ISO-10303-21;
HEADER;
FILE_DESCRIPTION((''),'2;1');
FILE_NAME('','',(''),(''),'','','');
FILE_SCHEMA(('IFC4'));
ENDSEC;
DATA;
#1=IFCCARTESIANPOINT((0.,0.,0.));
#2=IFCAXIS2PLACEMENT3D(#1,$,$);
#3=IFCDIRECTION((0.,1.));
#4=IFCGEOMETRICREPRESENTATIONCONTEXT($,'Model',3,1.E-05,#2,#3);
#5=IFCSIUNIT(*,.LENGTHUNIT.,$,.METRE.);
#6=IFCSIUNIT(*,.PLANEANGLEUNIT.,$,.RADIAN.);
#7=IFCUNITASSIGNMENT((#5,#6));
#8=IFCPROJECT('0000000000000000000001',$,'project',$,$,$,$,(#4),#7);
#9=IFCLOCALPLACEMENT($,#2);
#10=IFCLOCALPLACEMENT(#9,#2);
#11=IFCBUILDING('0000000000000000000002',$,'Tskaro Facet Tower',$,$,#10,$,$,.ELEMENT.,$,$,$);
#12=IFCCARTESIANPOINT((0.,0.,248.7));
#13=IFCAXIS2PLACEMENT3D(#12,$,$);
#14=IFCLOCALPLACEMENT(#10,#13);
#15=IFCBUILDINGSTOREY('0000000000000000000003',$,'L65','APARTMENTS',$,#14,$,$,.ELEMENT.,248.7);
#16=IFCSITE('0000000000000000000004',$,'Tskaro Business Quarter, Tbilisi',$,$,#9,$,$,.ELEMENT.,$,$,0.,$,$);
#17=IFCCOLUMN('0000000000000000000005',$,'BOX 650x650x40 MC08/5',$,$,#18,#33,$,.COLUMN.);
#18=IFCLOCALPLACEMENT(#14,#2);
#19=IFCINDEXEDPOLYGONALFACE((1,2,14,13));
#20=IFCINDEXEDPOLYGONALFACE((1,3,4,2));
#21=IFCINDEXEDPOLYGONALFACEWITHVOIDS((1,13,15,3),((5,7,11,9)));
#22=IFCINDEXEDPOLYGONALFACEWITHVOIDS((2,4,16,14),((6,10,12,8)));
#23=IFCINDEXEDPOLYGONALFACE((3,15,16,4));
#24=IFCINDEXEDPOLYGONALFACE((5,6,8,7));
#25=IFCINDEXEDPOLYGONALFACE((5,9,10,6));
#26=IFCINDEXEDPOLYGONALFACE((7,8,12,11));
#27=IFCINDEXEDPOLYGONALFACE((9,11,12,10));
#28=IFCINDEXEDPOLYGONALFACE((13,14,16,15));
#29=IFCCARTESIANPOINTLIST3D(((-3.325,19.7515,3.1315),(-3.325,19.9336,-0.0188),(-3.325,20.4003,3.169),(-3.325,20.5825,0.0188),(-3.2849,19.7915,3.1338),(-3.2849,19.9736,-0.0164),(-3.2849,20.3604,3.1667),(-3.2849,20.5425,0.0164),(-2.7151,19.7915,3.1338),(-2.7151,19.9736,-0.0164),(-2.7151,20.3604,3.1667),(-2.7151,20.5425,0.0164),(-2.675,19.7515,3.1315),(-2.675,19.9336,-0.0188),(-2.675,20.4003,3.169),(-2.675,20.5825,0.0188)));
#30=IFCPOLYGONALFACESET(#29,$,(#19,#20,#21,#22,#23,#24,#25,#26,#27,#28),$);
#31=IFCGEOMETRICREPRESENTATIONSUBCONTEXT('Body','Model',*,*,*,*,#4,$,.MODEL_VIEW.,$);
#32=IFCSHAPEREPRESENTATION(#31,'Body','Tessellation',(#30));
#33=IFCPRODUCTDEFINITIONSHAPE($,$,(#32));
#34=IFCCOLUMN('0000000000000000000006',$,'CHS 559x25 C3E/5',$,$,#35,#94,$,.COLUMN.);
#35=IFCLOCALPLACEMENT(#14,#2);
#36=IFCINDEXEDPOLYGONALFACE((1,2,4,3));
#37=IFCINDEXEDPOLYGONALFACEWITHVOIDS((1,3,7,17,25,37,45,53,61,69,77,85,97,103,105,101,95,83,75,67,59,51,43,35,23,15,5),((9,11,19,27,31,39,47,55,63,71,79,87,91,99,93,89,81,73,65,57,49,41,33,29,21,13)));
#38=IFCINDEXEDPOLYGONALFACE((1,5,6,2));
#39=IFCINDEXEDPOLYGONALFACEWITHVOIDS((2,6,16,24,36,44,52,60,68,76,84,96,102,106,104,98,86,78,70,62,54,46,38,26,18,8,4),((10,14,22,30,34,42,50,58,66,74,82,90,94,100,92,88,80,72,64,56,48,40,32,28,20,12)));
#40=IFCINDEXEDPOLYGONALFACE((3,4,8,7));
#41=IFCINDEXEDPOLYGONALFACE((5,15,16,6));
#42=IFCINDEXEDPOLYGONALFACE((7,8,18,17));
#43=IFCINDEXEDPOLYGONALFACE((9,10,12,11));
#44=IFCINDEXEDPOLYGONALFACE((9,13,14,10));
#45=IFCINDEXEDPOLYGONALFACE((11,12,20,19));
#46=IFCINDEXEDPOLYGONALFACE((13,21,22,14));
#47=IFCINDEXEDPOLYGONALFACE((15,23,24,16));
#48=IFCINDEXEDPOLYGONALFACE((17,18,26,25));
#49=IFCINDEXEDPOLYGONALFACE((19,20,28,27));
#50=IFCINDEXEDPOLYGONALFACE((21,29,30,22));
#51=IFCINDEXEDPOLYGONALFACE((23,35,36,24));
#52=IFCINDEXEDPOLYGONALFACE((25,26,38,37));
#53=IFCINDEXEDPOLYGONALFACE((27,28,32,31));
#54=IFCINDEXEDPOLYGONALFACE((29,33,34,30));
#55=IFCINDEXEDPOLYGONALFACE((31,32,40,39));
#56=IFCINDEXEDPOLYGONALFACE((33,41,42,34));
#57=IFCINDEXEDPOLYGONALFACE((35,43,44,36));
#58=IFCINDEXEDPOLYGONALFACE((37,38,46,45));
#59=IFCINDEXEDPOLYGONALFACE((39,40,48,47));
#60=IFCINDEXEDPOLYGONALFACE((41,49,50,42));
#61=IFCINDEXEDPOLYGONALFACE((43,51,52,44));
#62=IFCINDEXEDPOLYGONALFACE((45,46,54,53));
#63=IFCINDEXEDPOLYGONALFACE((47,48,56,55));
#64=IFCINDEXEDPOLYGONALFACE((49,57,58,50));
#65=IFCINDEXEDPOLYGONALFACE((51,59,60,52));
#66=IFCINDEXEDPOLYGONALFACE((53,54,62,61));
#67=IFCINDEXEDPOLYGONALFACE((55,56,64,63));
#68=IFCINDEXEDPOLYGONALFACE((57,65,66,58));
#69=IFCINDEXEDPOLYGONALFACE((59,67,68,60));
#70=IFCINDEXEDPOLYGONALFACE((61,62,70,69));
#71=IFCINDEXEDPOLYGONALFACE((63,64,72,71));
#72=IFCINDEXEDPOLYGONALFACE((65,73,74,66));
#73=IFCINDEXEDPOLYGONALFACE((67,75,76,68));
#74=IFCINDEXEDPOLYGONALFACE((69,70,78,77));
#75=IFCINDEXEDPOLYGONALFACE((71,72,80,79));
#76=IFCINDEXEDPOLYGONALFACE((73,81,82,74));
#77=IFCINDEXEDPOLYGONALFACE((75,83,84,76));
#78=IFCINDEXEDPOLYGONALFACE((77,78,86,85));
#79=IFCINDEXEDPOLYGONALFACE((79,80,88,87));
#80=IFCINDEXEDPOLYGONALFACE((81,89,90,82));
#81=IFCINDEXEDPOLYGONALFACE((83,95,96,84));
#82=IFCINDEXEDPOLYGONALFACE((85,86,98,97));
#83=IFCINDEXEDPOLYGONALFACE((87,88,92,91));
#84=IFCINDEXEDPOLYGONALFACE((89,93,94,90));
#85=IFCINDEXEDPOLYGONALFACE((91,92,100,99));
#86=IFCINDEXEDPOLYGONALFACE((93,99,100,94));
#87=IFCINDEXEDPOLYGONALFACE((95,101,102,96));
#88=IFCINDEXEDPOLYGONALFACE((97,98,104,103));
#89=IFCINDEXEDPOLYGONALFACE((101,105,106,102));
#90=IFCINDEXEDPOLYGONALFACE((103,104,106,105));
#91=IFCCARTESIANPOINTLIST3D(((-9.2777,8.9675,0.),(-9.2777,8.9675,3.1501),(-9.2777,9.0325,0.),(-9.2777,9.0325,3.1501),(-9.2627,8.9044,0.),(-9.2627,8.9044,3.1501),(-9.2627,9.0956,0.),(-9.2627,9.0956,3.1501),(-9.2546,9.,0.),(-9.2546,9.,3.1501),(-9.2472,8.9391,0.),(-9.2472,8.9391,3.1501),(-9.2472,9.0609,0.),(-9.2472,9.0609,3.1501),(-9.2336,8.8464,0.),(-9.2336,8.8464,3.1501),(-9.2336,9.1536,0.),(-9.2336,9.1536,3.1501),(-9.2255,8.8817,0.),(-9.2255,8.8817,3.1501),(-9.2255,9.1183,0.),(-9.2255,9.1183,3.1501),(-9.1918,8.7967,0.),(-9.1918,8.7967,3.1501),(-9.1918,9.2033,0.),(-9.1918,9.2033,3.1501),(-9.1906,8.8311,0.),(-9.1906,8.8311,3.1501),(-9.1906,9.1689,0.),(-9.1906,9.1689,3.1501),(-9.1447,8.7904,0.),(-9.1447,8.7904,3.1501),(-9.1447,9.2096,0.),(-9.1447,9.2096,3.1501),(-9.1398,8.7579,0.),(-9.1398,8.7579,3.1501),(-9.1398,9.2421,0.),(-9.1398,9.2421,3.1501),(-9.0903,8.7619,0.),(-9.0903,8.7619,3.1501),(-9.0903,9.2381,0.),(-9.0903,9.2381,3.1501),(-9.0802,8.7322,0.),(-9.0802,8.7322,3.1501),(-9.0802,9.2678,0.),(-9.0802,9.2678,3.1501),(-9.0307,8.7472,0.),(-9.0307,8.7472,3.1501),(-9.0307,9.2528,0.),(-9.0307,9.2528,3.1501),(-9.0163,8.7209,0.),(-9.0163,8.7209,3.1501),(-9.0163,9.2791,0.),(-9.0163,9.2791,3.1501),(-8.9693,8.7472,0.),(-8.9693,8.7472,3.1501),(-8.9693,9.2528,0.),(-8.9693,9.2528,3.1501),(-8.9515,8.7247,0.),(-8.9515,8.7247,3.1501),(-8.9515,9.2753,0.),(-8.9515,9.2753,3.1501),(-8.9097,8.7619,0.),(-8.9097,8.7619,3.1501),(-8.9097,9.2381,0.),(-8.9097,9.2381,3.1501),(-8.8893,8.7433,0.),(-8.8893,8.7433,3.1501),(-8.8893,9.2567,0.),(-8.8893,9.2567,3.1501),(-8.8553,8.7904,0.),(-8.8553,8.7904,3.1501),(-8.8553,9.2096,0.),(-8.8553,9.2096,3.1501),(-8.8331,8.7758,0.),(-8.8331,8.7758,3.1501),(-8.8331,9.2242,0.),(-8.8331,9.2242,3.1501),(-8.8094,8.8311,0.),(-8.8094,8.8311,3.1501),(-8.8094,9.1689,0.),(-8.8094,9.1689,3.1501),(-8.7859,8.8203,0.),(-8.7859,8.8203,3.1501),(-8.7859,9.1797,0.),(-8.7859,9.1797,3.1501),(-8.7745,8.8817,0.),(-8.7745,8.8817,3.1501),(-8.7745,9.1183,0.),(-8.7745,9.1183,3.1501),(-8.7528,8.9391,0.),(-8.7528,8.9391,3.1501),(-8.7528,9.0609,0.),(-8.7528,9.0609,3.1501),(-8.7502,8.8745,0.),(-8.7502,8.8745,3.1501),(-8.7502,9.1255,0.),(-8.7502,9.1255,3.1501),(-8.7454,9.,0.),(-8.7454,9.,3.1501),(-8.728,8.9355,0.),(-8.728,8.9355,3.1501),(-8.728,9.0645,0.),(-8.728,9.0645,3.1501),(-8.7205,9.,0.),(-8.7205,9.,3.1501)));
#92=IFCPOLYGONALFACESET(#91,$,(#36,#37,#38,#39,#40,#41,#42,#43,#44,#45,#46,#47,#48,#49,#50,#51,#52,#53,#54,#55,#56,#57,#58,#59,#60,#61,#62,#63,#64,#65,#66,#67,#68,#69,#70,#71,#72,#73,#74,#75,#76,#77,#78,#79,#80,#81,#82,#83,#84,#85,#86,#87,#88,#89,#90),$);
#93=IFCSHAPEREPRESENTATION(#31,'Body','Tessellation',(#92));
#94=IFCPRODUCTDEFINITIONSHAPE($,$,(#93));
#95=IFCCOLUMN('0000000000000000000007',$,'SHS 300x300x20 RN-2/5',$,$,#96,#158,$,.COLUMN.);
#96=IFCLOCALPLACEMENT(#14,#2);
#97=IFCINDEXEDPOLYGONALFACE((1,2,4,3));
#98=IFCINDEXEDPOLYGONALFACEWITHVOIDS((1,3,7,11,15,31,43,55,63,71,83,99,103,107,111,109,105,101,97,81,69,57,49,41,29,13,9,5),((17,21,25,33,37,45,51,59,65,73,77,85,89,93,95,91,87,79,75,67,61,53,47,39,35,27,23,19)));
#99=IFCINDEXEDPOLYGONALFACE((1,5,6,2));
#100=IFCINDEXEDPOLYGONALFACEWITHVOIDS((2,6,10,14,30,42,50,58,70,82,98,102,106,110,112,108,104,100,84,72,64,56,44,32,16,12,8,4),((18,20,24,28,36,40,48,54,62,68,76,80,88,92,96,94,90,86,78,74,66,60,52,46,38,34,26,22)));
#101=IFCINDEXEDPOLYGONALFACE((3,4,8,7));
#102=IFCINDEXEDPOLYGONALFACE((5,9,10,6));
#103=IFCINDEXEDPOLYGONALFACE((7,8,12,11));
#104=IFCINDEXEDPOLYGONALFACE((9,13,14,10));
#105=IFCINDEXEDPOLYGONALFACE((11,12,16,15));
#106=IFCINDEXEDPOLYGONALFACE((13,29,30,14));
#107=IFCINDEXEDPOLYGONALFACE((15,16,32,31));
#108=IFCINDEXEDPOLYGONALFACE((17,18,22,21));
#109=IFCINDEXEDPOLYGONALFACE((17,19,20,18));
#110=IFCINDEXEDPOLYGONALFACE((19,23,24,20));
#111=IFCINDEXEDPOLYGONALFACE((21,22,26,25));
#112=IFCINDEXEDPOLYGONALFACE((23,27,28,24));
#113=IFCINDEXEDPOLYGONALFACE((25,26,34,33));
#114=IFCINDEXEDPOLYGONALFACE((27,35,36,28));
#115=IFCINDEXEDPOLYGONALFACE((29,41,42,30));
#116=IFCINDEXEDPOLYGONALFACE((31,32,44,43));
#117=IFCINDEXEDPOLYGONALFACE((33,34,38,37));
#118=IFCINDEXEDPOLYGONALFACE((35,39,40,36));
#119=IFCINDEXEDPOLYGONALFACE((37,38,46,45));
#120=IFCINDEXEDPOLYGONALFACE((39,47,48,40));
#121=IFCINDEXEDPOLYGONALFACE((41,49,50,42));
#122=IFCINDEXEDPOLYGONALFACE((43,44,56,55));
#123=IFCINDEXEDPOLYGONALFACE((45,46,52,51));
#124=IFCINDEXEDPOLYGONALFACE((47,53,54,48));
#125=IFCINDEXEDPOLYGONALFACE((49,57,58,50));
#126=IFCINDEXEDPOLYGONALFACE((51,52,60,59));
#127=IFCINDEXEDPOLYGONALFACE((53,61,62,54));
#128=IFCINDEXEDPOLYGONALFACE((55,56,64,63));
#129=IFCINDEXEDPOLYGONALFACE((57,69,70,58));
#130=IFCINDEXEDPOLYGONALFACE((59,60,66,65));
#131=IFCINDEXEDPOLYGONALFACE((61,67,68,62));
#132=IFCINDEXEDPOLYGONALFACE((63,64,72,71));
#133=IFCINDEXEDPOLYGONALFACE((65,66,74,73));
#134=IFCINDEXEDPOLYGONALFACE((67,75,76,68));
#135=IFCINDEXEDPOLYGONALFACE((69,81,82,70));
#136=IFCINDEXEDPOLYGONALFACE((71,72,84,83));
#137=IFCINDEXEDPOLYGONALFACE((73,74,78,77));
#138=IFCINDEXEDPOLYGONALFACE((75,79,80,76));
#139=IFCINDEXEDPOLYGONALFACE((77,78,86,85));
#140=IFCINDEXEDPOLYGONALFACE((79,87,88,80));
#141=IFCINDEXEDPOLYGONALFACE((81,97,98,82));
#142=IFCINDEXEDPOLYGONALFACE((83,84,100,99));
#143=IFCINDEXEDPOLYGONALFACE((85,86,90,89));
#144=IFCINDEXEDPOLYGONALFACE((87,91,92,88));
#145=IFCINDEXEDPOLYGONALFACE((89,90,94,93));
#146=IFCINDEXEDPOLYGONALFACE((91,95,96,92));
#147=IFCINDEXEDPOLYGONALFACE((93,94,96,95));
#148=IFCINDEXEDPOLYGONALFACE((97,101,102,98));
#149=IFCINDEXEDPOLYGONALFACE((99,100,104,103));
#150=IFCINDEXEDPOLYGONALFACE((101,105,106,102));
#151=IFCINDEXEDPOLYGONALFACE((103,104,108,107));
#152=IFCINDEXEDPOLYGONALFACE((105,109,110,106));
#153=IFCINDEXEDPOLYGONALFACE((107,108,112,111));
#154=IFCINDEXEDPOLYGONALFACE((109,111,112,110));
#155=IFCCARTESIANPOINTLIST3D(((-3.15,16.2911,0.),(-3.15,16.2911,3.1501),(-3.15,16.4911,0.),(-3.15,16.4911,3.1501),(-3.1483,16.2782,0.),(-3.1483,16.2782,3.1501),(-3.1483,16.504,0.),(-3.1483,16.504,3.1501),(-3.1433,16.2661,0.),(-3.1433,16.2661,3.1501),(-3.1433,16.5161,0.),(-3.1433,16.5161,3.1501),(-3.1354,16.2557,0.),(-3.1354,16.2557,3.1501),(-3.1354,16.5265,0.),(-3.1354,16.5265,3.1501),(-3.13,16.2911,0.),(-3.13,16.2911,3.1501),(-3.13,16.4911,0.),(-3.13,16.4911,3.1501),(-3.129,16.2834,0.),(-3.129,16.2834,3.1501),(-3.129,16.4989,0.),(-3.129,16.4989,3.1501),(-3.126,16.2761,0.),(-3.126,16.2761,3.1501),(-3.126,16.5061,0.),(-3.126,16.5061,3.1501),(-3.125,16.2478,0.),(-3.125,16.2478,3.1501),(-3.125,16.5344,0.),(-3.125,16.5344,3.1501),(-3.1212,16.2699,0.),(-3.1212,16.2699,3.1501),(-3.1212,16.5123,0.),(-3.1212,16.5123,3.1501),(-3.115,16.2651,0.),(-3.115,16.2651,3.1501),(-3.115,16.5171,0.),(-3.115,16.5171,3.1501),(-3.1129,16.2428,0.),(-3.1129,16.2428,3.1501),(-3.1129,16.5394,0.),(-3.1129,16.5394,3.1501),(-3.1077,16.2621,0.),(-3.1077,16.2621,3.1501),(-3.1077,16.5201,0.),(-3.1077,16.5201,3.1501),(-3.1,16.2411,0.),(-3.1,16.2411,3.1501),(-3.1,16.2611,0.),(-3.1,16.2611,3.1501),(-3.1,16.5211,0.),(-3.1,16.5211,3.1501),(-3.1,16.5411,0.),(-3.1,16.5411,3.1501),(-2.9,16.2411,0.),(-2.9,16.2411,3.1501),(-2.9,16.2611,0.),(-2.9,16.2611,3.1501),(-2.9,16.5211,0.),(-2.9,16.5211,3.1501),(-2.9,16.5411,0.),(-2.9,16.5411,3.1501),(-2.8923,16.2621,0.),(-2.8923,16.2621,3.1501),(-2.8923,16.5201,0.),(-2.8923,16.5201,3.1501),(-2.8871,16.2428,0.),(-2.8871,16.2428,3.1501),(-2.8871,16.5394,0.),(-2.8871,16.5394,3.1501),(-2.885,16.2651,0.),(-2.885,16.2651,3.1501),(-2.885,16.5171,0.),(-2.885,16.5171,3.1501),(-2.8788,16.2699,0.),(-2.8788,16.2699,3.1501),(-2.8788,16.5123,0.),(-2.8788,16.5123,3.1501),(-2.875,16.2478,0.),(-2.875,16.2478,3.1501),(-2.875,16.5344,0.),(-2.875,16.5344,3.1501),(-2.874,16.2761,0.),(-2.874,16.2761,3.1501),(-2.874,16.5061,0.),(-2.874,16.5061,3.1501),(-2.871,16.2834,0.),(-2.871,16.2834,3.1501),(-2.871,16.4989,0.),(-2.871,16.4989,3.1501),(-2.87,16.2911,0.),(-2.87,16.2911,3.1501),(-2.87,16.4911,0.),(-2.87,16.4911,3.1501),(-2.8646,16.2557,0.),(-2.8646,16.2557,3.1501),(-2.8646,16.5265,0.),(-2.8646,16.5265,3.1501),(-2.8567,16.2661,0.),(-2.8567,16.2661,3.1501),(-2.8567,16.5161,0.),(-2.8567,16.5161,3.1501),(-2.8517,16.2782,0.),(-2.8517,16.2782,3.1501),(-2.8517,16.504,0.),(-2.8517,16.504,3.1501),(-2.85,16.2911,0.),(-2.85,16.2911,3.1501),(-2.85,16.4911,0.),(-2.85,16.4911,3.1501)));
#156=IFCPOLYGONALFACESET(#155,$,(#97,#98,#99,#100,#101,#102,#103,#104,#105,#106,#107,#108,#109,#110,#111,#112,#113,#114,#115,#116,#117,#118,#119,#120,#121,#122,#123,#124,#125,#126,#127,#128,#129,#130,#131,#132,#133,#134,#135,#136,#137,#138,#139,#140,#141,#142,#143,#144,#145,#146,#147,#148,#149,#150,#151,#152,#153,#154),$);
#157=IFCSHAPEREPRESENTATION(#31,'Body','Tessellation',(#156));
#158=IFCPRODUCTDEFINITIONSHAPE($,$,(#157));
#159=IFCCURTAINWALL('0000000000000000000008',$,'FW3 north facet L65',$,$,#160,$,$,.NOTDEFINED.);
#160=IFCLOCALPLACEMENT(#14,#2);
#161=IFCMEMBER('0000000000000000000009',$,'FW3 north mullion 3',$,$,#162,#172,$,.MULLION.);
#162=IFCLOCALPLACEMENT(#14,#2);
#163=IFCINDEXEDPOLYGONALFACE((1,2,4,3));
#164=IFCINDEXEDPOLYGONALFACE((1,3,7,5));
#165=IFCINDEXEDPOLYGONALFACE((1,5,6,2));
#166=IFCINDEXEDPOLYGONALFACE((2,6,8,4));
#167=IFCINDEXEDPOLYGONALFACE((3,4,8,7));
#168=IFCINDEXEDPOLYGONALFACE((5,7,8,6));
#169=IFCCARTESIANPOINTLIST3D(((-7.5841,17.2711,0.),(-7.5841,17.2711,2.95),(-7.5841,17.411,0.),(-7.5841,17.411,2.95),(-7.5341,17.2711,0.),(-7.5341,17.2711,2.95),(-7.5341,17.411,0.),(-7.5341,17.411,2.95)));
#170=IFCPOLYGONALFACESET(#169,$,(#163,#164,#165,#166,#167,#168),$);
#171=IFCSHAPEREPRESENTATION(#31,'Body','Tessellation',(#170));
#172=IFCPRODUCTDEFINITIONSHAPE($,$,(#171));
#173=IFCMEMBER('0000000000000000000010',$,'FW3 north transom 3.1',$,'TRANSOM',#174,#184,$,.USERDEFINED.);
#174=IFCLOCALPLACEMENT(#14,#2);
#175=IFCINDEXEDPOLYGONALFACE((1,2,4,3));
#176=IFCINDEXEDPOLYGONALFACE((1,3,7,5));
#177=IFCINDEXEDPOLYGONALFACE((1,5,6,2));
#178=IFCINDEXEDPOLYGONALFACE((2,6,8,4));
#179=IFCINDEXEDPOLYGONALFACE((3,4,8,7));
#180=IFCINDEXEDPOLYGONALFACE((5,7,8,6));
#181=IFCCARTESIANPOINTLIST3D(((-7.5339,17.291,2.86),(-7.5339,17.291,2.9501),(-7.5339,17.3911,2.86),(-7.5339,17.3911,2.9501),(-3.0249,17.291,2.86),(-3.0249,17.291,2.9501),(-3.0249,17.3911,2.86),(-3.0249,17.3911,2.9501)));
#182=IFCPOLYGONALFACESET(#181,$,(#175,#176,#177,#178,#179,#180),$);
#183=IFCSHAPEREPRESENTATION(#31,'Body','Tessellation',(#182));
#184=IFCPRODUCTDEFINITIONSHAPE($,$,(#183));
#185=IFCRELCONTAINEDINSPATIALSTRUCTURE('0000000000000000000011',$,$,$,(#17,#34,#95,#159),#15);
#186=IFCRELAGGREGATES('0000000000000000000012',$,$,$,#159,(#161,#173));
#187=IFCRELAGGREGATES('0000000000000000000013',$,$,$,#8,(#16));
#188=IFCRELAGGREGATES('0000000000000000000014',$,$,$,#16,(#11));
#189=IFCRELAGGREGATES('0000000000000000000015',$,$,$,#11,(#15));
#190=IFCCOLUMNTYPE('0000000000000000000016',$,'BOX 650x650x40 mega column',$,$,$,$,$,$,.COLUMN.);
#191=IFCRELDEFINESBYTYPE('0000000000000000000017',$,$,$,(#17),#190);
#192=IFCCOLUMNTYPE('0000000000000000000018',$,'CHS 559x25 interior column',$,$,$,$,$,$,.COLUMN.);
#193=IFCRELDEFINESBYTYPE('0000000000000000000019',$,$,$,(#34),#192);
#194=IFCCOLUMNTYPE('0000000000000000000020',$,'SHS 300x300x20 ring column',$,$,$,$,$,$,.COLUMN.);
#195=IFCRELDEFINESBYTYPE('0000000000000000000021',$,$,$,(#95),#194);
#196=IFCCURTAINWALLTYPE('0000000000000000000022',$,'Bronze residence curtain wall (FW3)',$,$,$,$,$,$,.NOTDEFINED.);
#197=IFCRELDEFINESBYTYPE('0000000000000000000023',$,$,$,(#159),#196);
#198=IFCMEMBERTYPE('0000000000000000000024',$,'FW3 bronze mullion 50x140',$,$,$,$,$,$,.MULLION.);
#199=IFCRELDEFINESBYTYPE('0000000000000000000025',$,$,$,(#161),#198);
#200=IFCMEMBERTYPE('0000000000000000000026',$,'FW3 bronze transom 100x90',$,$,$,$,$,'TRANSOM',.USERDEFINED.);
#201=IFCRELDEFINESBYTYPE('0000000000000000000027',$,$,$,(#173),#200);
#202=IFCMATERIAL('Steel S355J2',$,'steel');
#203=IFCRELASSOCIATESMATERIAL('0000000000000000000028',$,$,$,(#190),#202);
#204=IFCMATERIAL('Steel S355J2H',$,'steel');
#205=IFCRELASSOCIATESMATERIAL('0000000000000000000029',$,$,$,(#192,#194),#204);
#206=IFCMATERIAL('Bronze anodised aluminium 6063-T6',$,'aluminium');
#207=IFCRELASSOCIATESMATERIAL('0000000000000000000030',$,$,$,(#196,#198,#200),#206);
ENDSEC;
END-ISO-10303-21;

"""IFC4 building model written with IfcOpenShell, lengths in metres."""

from ifc_helpers import new_model, si_unit, direction, frame, origin, origin_2d, place, context, subcontext, project, spatial, rectangle, hollow_rectangle, hollow_circle, extrude, material, material_profile, profile_set, type_object, element, aggregate, save


model = new_model("IFC4")

# Units and contexts
model_context = context("Model", 3, precision=1e-05, world=origin(), true_north=direction((0.0, 1.0)))
body_context = subcontext(model_context, "Body", "Model", "MODEL_VIEW")
ifc_project = project(units=[si_unit("LENGTHUNIT", "METRE"), si_unit("PLANEANGLEUNIT", "RADIAN")], contexts=[model_context])

# Site, building, storey
site_placement = place(None, origin())
site = spatial("IfcSite", under=ifc_project, at=site_placement, Name="Tskaro Business Quarter, Tbilisi", CompositionType="ELEMENT", RefElevation=0.0)
building_placement = place(site_placement, origin())
building = spatial("IfcBuilding", under=site, at=building_placement, Name="Tskaro Facet Tower", CompositionType="ELEMENT")
storey_placement = place(building_placement, frame((0.0, 0.0, 248.7)))
storey = spatial("IfcBuildingStorey", under=building, at=storey_placement, Name="L65", Description="APARTMENTS", CompositionType="ELEMENT", Elevation=248.7)

# Columns
ifc_material_1 = material(Name="Steel S355J2", Category="steel")
ifc_material_profile_1 = material_profile(ifc_material_1, hollow_rectangle(XDim=0.6499, YDim=0.6499, WallThickness=0.04, at=origin_2d()), Name="BOX 650x650x40")
ifc_profile_set_1 = profile_set([ifc_material_profile_1], Name="Steel S355J2")
column_type_1 = type_object("IfcColumnType", Name="BOX 650x650x40 mega column", PredefinedType="COLUMN", material=ifc_profile_set_1)
column_1_placement = place(storey_placement, frame((-3.0, 20.2581, 0.0), z_axis=(0.0, -0.05772, 0.998333), x_axis=(1.0, 0.0, 0.0)))
element("IfcColumn", 1, at=column_1_placement, inside=storey, type_object=column_type_1, Name="BOX 650x650x40 MC08/5", PredefinedType="COLUMN", context=body_context, shape_type="SweptSolid", body=[
    extrude(hollow_rectangle(XDim=0.6499, YDim=0.6499, WallThickness=0.04, at=origin_2d()), origin(), (0.0, 0.0, 1.0), 3.1555),
])
ifc_material_2 = material(Name="Steel S355J2H", Category="steel")
ifc_material_profile_2 = material_profile(ifc_material_2, hollow_circle(Radius=0.2795, WallThickness=0.0249, at=origin_2d()), Name="CHS 559x25")
ifc_profile_set_2 = profile_set([ifc_material_profile_2], Name="Steel S355J2H")
column_type_2 = type_object("IfcColumnType", Name="CHS 559x25 interior column", PredefinedType="COLUMN", material=ifc_profile_set_2)
column_2_placement = place(storey_placement, frame((-9.0, 9.0, 0.0), z_axis=(0.0, 0.0, 1.0), x_axis=(1.0, 0.0, 0.0)))
element("IfcColumn", 2, at=column_2_placement, inside=storey, type_object=column_type_2, Name="CHS 559x25 C3E/5", PredefinedType="COLUMN", context=body_context, shape_type="SweptSolid", body=[
    extrude(hollow_circle(Radius=0.2795, WallThickness=0.0249, at=origin_2d()), origin(), (0.0, 0.0, 1.0), 3.1501),
])
ifc_material_profile_3 = material_profile(ifc_material_2, hollow_rectangle(XDim=0.3, YDim=0.3, WallThickness=0.02, InnerFilletRadius=0.03, OuterFilletRadius=0.05, at=origin_2d()), Name="SHS 300x300x20")
ifc_profile_set_3 = profile_set([ifc_material_profile_3], Name="Steel S355J2H")
column_type_3 = type_object("IfcColumnType", Name="SHS 300x300x20 ring column", PredefinedType="COLUMN", material=ifc_profile_set_3)
column_3_placement = place(storey_placement, frame((-3.0, 16.3911, 0.0), z_axis=(0.0, 0.0, 1.0), x_axis=(1.0, 0.0, 0.0)))
element("IfcColumn", 3, at=column_3_placement, inside=storey, type_object=column_type_3, Name="SHS 300x300x20 RN-2/5", PredefinedType="COLUMN", context=body_context, shape_type="SweptSolid", body=[
    extrude(hollow_rectangle(XDim=0.3, YDim=0.3, WallThickness=0.02, InnerFilletRadius=0.03, OuterFilletRadius=0.05, at=origin_2d()), origin(), (0.0, 0.0, 1.0), 3.1501),
])

# Curtain wall, members
ifc_material_3 = material(Name="Bronze anodised aluminium 6063-T6", Category="aluminium")
curtain_wall_type = type_object("IfcCurtainWallType", Name="Bronze residence curtain wall (FW3)", PredefinedType="NOTDEFINED", material=ifc_material_3)
curtain_wall_placement = place(storey_placement, origin())
curtain_wall = element("IfcCurtainWall", 4, at=curtain_wall_placement, inside=storey, type_object=curtain_wall_type, Name="FW3 north facet L65", PredefinedType="NOTDEFINED")
ifc_material_profile_4 = material_profile(ifc_material_3, rectangle(XDim=0.05, YDim=0.1399, at=origin_2d()), Name="Mullion 50x140")
ifc_profile_set_4 = profile_set([ifc_material_profile_4], Name="Bronze anodised aluminium 6063-T6")
member_type_1 = type_object("IfcMemberType", Name="FW3 bronze mullion 50x140", PredefinedType="MULLION", material=ifc_profile_set_4)
member_1_placement = place(storey_placement, frame((-7.5591, 17.3411, 0.0), z_axis=(0.0, 0.0, 1.0), x_axis=(-1.0, 0.0, 0.0)))
member_1 = element("IfcMember", 5, at=member_1_placement, type_object=member_type_1, Name="FW3 north mullion 3", PredefinedType="MULLION", context=body_context, shape_type="SweptSolid", body=[
    extrude(rectangle(XDim=0.05, YDim=0.1399, at=origin_2d()), origin(), (0.0, 0.0, 1.0), 2.95),
])
ifc_material_profile_5 = material_profile(ifc_material_3, rectangle(XDim=0.1001, YDim=0.0901, at=origin_2d()), Name="Transom 100x90")
ifc_profile_set_5 = profile_set([ifc_material_profile_5], Name="Bronze anodised aluminium 6063-T6")
member_type_2 = type_object("IfcMemberType", Name="FW3 bronze transom 100x90", ElementType="TRANSOM", PredefinedType="USERDEFINED", material=ifc_profile_set_5)
member_2_placement = place(storey_placement, frame((-3.0249, 17.3411, 2.905), z_axis=(-1.0, 0.0, 0.0), x_axis=(0.0, -1.0, 0.0)))
member_2 = element("IfcMember", 6, at=member_2_placement, type_object=member_type_2, Name="FW3 north transom 3.1", ObjectType="TRANSOM", PredefinedType="USERDEFINED", context=body_context, shape_type="SweptSolid", body=[
    extrude(rectangle(XDim=0.1001, YDim=0.0901, at=origin_2d()), origin(), (0.0, 0.0, 1.0), 4.509),
])

aggregate(curtain_wall, [member_1, member_2])

save(model, "model.ifc")
